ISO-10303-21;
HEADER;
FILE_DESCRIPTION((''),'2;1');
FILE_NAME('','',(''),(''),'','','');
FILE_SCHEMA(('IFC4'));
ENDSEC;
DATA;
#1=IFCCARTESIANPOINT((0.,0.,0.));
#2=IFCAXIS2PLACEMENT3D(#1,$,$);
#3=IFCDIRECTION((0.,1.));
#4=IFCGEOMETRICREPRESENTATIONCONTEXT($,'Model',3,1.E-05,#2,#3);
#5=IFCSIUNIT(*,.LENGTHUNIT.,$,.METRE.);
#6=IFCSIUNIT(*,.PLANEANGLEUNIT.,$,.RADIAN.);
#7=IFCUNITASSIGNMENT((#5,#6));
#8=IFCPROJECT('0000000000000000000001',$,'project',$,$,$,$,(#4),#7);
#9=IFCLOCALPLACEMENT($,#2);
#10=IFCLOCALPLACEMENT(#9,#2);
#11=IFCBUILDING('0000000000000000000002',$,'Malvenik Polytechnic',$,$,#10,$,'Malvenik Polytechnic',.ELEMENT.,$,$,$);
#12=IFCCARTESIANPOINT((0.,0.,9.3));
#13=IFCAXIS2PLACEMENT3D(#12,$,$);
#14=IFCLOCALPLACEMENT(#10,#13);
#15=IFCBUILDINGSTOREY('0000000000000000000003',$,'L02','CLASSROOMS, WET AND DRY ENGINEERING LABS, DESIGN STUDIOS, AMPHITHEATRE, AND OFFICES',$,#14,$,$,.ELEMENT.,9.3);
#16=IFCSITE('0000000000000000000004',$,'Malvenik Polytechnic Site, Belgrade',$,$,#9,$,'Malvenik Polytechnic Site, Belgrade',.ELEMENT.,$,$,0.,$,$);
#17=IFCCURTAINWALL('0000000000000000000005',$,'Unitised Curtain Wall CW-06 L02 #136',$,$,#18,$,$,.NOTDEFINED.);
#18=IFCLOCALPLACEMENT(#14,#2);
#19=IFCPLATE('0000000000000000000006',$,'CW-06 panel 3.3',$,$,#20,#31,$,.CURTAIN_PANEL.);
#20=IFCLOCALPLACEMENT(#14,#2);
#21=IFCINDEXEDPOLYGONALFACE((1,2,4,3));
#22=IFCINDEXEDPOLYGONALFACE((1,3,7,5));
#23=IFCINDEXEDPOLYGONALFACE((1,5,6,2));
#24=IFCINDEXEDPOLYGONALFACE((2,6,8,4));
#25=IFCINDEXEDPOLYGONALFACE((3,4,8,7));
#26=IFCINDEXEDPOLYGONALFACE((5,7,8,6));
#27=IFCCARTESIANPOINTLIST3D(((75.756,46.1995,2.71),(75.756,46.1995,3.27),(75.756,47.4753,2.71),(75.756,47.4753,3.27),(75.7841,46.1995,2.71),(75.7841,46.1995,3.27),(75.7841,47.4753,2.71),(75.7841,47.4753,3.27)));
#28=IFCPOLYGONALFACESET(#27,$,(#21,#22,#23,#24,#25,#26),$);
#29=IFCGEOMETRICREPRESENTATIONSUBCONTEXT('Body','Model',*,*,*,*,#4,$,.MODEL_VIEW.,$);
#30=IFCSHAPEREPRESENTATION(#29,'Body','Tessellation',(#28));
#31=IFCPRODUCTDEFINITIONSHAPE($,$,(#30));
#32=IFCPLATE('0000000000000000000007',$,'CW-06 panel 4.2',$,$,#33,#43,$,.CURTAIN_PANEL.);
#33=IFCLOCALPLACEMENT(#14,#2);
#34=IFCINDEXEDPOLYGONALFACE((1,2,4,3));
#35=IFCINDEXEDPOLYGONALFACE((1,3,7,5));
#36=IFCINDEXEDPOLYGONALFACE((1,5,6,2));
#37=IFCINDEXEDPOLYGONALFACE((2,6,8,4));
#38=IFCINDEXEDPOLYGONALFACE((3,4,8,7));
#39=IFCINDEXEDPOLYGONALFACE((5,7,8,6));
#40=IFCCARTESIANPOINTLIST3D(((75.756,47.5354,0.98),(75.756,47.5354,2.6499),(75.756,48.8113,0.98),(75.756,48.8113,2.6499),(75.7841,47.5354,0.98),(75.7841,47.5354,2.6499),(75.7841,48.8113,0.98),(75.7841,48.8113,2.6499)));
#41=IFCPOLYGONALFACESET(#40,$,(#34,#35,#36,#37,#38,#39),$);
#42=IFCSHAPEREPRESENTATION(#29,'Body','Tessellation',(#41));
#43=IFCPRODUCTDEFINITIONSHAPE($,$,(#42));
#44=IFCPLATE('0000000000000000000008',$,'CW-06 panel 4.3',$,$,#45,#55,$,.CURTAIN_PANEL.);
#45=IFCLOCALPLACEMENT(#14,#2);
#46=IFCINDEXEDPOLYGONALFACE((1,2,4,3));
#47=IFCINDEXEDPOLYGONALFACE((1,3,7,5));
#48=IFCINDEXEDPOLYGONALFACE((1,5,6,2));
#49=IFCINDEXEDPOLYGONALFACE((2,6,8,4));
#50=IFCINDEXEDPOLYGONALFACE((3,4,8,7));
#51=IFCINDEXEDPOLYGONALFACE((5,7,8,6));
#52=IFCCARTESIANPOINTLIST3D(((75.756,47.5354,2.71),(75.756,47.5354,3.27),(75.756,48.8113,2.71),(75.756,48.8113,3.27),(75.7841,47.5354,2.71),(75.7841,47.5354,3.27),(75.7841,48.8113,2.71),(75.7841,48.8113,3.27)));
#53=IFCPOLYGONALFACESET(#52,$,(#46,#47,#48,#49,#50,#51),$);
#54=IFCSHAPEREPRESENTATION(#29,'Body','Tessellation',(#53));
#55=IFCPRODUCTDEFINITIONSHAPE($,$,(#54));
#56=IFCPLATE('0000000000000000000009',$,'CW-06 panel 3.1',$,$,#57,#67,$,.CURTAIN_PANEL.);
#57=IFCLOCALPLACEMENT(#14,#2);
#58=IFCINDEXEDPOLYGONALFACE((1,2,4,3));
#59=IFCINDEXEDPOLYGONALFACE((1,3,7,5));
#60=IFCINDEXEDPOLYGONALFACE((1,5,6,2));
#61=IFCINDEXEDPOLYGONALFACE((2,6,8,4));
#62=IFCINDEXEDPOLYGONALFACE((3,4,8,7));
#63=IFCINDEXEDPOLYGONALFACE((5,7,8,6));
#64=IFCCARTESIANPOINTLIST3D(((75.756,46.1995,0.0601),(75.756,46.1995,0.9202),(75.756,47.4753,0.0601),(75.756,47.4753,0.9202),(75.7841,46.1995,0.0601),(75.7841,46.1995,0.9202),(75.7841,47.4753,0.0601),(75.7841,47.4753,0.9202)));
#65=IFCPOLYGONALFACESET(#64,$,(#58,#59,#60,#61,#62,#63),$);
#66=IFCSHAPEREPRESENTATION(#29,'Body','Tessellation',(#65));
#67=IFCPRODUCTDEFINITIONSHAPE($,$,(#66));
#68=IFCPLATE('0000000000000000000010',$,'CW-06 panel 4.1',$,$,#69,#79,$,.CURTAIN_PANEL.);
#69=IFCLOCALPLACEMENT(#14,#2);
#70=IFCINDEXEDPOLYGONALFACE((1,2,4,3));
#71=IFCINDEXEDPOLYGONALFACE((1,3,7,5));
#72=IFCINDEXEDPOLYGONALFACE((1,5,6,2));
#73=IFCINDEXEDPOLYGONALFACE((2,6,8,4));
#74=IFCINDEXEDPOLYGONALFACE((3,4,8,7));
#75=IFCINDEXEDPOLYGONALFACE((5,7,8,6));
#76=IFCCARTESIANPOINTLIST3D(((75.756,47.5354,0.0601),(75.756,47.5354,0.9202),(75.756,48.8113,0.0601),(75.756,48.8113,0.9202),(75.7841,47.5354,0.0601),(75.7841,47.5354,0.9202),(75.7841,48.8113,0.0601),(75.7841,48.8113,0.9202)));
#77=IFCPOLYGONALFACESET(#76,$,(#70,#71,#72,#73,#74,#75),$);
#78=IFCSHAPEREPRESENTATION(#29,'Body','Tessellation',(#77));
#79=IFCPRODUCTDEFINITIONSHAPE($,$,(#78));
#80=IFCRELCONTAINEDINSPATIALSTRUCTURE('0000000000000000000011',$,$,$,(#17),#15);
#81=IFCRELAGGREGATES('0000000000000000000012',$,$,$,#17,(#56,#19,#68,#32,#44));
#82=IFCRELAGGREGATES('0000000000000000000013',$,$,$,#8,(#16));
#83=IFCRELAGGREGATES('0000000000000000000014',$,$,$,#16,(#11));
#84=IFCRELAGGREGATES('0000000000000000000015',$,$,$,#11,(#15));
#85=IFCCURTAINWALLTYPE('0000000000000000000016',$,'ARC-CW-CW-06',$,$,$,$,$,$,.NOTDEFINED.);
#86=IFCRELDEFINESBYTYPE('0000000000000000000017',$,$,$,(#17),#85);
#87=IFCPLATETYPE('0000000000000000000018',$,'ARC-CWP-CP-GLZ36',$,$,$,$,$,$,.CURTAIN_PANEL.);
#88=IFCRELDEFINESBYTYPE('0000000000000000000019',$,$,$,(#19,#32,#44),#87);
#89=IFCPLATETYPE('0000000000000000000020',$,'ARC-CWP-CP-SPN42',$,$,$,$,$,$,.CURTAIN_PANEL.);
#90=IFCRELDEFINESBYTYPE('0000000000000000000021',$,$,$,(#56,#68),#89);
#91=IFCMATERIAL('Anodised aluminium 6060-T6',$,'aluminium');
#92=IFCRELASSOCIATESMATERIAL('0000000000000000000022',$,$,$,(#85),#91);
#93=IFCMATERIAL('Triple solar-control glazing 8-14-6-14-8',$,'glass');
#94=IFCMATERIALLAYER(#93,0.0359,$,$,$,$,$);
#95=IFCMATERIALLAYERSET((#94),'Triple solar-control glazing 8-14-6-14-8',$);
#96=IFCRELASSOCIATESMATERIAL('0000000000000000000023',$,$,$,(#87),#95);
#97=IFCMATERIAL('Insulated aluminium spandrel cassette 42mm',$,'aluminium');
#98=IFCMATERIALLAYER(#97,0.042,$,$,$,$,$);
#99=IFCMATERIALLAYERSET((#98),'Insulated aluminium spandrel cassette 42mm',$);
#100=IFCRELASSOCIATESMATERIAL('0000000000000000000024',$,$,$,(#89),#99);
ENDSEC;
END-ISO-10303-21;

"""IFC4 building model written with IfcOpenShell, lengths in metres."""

from ifc_helpers import new_model, si_unit, direction, frame, origin, origin_2d, place, context, subcontext, project, spatial, rectangle, extrude, material, layer, layer_set, type_object, element, aggregate, save


model = new_model("IFC4")

# Units and contexts
model_context = context("Model", 3, precision=1e-05, world=origin(), true_north=direction((0.0, 1.0)))
body_context = subcontext(model_context, "Body", "Model", "MODEL_VIEW")
ifc_project = project(units=[si_unit("LENGTHUNIT", "METRE"), si_unit("PLANEANGLEUNIT", "RADIAN")], contexts=[model_context])

# Site, building, storey
site_placement = place(None, origin())
site = spatial("IfcSite", under=ifc_project, at=site_placement, Name="Malvenik Polytechnic Site, Belgrade", LongName="Malvenik Polytechnic Site, Belgrade", CompositionType="ELEMENT", RefElevation=0.0)
building_placement = place(site_placement, origin())
building = spatial("IfcBuilding", under=site, at=building_placement, Name="Malvenik Polytechnic", LongName="Malvenik Polytechnic", CompositionType="ELEMENT")
storey_placement = place(building_placement, frame((0.0, 0.0, 9.3)))
storey = spatial("IfcBuildingStorey", under=building, at=storey_placement, Name="L02", Description="CLASSROOMS, WET AND DRY ENGINEERING LABS, DESIGN STUDIOS, AMPHITHEATRE, AND OFFICES", CompositionType="ELEMENT", Elevation=9.3)

# Curtain wall, plates
ifc_material_1 = material(Name="Anodised aluminium 6060-T6", Category="aluminium")
curtain_wall_type = type_object("IfcCurtainWallType", Name="ARC-CW-CW-06", PredefinedType="NOTDEFINED", material=ifc_material_1)
curtain_wall_placement = place(storey_placement, origin())
curtain_wall = element("IfcCurtainWall", 1, at=curtain_wall_placement, inside=storey, type_object=curtain_wall_type, Name="Unitised Curtain Wall CW-06 L02 #136", PredefinedType="NOTDEFINED")
ifc_material_2 = material(Name="Triple solar-control glazing 8-14-6-14-8", Category="glass")
ifc_layer_1 = layer(ifc_material_2, 0.0359)
ifc_layer_set_1 = layer_set([ifc_layer_1], Name="Triple solar-control glazing 8-14-6-14-8")
plate_type_1 = type_object("IfcPlateType", Name="ARC-CWP-CP-GLZ36", PredefinedType="CURTAIN_PANEL", material=ifc_layer_set_1)
plate_1_placement = place(storey_placement, frame((75.77, 46.8374, 2.71), z_axis=(0.0, 0.0, 1.0), x_axis=(0.0, 1.0, 0.0)))
plate_1 = element("IfcPlate", 2, at=plate_1_placement, type_object=plate_type_1, Name="CW-06 panel 3.3", PredefinedType="CURTAIN_PANEL", context=body_context, shape_type="SweptSolid", body=[
    extrude(rectangle(XDim=1.2759, YDim=0.0281, at=origin_2d()), origin(), (0.0, 0.0, 1.0), 0.5601),
])
plate_2_placement = place(storey_placement, frame((75.77, 48.1733, 0.98), z_axis=(0.0, 0.0, 1.0), x_axis=(0.0, 1.0, 0.0)))
plate_2 = element("IfcPlate", 3, at=plate_2_placement, type_object=plate_type_1, Name="CW-06 panel 4.2", PredefinedType="CURTAIN_PANEL", context=body_context, shape_type="SweptSolid", body=[
    extrude(rectangle(XDim=1.2759, YDim=0.0281, at=origin_2d()), origin(), (0.0, 0.0, 1.0), 1.6699),
])
plate_3_placement = place(storey_placement, frame((75.77, 48.1733, 2.71), z_axis=(0.0, 0.0, 1.0), x_axis=(0.0, 1.0, 0.0)))
plate_3 = element("IfcPlate", 4, at=plate_3_placement, type_object=plate_type_1, Name="CW-06 panel 4.3", PredefinedType="CURTAIN_PANEL", context=body_context, shape_type="SweptSolid", body=[
    extrude(rectangle(XDim=1.2759, YDim=0.0281, at=origin_2d()), origin(), (0.0, 0.0, 1.0), 0.5601),
])
ifc_material_3 = material(Name="Insulated aluminium spandrel cassette 42mm", Category="aluminium")
ifc_layer_2 = layer(ifc_material_3, 0.042)
ifc_layer_set_2 = layer_set([ifc_layer_2], Name="Insulated aluminium spandrel cassette 42mm")
plate_type_2 = type_object("IfcPlateType", Name="ARC-CWP-CP-SPN42", PredefinedType="CURTAIN_PANEL", material=ifc_layer_set_2)
plate_4_placement = place(storey_placement, frame((75.77, 46.8374, 0.0601), z_axis=(0.0, 0.0, 1.0), x_axis=(0.0, 1.0, 0.0)))
plate_4 = element("IfcPlate", 5, at=plate_4_placement, type_object=plate_type_2, Name="CW-06 panel 3.1", PredefinedType="CURTAIN_PANEL", context=body_context, shape_type="SweptSolid", body=[
    extrude(rectangle(XDim=1.2759, YDim=0.0281, at=origin_2d()), origin(), (0.0, 0.0, 1.0), 0.8601),
])
plate_5_placement = place(storey_placement, frame((75.77, 48.1733, 0.0601), z_axis=(0.0, 0.0, 1.0), x_axis=(0.0, 1.0, 0.0)))
plate_5 = element("IfcPlate", 6, at=plate_5_placement, type_object=plate_type_2, Name="CW-06 panel 4.1", PredefinedType="CURTAIN_PANEL", context=body_context, shape_type="SweptSolid", body=[
    extrude(rectangle(XDim=1.2759, YDim=0.0281, at=origin_2d()), origin(), (0.0, 0.0, 1.0), 0.8601),
])
aggregate(curtain_wall, [plate_4, plate_1, plate_5, plate_2, plate_3])

save(model, "model.ifc")
